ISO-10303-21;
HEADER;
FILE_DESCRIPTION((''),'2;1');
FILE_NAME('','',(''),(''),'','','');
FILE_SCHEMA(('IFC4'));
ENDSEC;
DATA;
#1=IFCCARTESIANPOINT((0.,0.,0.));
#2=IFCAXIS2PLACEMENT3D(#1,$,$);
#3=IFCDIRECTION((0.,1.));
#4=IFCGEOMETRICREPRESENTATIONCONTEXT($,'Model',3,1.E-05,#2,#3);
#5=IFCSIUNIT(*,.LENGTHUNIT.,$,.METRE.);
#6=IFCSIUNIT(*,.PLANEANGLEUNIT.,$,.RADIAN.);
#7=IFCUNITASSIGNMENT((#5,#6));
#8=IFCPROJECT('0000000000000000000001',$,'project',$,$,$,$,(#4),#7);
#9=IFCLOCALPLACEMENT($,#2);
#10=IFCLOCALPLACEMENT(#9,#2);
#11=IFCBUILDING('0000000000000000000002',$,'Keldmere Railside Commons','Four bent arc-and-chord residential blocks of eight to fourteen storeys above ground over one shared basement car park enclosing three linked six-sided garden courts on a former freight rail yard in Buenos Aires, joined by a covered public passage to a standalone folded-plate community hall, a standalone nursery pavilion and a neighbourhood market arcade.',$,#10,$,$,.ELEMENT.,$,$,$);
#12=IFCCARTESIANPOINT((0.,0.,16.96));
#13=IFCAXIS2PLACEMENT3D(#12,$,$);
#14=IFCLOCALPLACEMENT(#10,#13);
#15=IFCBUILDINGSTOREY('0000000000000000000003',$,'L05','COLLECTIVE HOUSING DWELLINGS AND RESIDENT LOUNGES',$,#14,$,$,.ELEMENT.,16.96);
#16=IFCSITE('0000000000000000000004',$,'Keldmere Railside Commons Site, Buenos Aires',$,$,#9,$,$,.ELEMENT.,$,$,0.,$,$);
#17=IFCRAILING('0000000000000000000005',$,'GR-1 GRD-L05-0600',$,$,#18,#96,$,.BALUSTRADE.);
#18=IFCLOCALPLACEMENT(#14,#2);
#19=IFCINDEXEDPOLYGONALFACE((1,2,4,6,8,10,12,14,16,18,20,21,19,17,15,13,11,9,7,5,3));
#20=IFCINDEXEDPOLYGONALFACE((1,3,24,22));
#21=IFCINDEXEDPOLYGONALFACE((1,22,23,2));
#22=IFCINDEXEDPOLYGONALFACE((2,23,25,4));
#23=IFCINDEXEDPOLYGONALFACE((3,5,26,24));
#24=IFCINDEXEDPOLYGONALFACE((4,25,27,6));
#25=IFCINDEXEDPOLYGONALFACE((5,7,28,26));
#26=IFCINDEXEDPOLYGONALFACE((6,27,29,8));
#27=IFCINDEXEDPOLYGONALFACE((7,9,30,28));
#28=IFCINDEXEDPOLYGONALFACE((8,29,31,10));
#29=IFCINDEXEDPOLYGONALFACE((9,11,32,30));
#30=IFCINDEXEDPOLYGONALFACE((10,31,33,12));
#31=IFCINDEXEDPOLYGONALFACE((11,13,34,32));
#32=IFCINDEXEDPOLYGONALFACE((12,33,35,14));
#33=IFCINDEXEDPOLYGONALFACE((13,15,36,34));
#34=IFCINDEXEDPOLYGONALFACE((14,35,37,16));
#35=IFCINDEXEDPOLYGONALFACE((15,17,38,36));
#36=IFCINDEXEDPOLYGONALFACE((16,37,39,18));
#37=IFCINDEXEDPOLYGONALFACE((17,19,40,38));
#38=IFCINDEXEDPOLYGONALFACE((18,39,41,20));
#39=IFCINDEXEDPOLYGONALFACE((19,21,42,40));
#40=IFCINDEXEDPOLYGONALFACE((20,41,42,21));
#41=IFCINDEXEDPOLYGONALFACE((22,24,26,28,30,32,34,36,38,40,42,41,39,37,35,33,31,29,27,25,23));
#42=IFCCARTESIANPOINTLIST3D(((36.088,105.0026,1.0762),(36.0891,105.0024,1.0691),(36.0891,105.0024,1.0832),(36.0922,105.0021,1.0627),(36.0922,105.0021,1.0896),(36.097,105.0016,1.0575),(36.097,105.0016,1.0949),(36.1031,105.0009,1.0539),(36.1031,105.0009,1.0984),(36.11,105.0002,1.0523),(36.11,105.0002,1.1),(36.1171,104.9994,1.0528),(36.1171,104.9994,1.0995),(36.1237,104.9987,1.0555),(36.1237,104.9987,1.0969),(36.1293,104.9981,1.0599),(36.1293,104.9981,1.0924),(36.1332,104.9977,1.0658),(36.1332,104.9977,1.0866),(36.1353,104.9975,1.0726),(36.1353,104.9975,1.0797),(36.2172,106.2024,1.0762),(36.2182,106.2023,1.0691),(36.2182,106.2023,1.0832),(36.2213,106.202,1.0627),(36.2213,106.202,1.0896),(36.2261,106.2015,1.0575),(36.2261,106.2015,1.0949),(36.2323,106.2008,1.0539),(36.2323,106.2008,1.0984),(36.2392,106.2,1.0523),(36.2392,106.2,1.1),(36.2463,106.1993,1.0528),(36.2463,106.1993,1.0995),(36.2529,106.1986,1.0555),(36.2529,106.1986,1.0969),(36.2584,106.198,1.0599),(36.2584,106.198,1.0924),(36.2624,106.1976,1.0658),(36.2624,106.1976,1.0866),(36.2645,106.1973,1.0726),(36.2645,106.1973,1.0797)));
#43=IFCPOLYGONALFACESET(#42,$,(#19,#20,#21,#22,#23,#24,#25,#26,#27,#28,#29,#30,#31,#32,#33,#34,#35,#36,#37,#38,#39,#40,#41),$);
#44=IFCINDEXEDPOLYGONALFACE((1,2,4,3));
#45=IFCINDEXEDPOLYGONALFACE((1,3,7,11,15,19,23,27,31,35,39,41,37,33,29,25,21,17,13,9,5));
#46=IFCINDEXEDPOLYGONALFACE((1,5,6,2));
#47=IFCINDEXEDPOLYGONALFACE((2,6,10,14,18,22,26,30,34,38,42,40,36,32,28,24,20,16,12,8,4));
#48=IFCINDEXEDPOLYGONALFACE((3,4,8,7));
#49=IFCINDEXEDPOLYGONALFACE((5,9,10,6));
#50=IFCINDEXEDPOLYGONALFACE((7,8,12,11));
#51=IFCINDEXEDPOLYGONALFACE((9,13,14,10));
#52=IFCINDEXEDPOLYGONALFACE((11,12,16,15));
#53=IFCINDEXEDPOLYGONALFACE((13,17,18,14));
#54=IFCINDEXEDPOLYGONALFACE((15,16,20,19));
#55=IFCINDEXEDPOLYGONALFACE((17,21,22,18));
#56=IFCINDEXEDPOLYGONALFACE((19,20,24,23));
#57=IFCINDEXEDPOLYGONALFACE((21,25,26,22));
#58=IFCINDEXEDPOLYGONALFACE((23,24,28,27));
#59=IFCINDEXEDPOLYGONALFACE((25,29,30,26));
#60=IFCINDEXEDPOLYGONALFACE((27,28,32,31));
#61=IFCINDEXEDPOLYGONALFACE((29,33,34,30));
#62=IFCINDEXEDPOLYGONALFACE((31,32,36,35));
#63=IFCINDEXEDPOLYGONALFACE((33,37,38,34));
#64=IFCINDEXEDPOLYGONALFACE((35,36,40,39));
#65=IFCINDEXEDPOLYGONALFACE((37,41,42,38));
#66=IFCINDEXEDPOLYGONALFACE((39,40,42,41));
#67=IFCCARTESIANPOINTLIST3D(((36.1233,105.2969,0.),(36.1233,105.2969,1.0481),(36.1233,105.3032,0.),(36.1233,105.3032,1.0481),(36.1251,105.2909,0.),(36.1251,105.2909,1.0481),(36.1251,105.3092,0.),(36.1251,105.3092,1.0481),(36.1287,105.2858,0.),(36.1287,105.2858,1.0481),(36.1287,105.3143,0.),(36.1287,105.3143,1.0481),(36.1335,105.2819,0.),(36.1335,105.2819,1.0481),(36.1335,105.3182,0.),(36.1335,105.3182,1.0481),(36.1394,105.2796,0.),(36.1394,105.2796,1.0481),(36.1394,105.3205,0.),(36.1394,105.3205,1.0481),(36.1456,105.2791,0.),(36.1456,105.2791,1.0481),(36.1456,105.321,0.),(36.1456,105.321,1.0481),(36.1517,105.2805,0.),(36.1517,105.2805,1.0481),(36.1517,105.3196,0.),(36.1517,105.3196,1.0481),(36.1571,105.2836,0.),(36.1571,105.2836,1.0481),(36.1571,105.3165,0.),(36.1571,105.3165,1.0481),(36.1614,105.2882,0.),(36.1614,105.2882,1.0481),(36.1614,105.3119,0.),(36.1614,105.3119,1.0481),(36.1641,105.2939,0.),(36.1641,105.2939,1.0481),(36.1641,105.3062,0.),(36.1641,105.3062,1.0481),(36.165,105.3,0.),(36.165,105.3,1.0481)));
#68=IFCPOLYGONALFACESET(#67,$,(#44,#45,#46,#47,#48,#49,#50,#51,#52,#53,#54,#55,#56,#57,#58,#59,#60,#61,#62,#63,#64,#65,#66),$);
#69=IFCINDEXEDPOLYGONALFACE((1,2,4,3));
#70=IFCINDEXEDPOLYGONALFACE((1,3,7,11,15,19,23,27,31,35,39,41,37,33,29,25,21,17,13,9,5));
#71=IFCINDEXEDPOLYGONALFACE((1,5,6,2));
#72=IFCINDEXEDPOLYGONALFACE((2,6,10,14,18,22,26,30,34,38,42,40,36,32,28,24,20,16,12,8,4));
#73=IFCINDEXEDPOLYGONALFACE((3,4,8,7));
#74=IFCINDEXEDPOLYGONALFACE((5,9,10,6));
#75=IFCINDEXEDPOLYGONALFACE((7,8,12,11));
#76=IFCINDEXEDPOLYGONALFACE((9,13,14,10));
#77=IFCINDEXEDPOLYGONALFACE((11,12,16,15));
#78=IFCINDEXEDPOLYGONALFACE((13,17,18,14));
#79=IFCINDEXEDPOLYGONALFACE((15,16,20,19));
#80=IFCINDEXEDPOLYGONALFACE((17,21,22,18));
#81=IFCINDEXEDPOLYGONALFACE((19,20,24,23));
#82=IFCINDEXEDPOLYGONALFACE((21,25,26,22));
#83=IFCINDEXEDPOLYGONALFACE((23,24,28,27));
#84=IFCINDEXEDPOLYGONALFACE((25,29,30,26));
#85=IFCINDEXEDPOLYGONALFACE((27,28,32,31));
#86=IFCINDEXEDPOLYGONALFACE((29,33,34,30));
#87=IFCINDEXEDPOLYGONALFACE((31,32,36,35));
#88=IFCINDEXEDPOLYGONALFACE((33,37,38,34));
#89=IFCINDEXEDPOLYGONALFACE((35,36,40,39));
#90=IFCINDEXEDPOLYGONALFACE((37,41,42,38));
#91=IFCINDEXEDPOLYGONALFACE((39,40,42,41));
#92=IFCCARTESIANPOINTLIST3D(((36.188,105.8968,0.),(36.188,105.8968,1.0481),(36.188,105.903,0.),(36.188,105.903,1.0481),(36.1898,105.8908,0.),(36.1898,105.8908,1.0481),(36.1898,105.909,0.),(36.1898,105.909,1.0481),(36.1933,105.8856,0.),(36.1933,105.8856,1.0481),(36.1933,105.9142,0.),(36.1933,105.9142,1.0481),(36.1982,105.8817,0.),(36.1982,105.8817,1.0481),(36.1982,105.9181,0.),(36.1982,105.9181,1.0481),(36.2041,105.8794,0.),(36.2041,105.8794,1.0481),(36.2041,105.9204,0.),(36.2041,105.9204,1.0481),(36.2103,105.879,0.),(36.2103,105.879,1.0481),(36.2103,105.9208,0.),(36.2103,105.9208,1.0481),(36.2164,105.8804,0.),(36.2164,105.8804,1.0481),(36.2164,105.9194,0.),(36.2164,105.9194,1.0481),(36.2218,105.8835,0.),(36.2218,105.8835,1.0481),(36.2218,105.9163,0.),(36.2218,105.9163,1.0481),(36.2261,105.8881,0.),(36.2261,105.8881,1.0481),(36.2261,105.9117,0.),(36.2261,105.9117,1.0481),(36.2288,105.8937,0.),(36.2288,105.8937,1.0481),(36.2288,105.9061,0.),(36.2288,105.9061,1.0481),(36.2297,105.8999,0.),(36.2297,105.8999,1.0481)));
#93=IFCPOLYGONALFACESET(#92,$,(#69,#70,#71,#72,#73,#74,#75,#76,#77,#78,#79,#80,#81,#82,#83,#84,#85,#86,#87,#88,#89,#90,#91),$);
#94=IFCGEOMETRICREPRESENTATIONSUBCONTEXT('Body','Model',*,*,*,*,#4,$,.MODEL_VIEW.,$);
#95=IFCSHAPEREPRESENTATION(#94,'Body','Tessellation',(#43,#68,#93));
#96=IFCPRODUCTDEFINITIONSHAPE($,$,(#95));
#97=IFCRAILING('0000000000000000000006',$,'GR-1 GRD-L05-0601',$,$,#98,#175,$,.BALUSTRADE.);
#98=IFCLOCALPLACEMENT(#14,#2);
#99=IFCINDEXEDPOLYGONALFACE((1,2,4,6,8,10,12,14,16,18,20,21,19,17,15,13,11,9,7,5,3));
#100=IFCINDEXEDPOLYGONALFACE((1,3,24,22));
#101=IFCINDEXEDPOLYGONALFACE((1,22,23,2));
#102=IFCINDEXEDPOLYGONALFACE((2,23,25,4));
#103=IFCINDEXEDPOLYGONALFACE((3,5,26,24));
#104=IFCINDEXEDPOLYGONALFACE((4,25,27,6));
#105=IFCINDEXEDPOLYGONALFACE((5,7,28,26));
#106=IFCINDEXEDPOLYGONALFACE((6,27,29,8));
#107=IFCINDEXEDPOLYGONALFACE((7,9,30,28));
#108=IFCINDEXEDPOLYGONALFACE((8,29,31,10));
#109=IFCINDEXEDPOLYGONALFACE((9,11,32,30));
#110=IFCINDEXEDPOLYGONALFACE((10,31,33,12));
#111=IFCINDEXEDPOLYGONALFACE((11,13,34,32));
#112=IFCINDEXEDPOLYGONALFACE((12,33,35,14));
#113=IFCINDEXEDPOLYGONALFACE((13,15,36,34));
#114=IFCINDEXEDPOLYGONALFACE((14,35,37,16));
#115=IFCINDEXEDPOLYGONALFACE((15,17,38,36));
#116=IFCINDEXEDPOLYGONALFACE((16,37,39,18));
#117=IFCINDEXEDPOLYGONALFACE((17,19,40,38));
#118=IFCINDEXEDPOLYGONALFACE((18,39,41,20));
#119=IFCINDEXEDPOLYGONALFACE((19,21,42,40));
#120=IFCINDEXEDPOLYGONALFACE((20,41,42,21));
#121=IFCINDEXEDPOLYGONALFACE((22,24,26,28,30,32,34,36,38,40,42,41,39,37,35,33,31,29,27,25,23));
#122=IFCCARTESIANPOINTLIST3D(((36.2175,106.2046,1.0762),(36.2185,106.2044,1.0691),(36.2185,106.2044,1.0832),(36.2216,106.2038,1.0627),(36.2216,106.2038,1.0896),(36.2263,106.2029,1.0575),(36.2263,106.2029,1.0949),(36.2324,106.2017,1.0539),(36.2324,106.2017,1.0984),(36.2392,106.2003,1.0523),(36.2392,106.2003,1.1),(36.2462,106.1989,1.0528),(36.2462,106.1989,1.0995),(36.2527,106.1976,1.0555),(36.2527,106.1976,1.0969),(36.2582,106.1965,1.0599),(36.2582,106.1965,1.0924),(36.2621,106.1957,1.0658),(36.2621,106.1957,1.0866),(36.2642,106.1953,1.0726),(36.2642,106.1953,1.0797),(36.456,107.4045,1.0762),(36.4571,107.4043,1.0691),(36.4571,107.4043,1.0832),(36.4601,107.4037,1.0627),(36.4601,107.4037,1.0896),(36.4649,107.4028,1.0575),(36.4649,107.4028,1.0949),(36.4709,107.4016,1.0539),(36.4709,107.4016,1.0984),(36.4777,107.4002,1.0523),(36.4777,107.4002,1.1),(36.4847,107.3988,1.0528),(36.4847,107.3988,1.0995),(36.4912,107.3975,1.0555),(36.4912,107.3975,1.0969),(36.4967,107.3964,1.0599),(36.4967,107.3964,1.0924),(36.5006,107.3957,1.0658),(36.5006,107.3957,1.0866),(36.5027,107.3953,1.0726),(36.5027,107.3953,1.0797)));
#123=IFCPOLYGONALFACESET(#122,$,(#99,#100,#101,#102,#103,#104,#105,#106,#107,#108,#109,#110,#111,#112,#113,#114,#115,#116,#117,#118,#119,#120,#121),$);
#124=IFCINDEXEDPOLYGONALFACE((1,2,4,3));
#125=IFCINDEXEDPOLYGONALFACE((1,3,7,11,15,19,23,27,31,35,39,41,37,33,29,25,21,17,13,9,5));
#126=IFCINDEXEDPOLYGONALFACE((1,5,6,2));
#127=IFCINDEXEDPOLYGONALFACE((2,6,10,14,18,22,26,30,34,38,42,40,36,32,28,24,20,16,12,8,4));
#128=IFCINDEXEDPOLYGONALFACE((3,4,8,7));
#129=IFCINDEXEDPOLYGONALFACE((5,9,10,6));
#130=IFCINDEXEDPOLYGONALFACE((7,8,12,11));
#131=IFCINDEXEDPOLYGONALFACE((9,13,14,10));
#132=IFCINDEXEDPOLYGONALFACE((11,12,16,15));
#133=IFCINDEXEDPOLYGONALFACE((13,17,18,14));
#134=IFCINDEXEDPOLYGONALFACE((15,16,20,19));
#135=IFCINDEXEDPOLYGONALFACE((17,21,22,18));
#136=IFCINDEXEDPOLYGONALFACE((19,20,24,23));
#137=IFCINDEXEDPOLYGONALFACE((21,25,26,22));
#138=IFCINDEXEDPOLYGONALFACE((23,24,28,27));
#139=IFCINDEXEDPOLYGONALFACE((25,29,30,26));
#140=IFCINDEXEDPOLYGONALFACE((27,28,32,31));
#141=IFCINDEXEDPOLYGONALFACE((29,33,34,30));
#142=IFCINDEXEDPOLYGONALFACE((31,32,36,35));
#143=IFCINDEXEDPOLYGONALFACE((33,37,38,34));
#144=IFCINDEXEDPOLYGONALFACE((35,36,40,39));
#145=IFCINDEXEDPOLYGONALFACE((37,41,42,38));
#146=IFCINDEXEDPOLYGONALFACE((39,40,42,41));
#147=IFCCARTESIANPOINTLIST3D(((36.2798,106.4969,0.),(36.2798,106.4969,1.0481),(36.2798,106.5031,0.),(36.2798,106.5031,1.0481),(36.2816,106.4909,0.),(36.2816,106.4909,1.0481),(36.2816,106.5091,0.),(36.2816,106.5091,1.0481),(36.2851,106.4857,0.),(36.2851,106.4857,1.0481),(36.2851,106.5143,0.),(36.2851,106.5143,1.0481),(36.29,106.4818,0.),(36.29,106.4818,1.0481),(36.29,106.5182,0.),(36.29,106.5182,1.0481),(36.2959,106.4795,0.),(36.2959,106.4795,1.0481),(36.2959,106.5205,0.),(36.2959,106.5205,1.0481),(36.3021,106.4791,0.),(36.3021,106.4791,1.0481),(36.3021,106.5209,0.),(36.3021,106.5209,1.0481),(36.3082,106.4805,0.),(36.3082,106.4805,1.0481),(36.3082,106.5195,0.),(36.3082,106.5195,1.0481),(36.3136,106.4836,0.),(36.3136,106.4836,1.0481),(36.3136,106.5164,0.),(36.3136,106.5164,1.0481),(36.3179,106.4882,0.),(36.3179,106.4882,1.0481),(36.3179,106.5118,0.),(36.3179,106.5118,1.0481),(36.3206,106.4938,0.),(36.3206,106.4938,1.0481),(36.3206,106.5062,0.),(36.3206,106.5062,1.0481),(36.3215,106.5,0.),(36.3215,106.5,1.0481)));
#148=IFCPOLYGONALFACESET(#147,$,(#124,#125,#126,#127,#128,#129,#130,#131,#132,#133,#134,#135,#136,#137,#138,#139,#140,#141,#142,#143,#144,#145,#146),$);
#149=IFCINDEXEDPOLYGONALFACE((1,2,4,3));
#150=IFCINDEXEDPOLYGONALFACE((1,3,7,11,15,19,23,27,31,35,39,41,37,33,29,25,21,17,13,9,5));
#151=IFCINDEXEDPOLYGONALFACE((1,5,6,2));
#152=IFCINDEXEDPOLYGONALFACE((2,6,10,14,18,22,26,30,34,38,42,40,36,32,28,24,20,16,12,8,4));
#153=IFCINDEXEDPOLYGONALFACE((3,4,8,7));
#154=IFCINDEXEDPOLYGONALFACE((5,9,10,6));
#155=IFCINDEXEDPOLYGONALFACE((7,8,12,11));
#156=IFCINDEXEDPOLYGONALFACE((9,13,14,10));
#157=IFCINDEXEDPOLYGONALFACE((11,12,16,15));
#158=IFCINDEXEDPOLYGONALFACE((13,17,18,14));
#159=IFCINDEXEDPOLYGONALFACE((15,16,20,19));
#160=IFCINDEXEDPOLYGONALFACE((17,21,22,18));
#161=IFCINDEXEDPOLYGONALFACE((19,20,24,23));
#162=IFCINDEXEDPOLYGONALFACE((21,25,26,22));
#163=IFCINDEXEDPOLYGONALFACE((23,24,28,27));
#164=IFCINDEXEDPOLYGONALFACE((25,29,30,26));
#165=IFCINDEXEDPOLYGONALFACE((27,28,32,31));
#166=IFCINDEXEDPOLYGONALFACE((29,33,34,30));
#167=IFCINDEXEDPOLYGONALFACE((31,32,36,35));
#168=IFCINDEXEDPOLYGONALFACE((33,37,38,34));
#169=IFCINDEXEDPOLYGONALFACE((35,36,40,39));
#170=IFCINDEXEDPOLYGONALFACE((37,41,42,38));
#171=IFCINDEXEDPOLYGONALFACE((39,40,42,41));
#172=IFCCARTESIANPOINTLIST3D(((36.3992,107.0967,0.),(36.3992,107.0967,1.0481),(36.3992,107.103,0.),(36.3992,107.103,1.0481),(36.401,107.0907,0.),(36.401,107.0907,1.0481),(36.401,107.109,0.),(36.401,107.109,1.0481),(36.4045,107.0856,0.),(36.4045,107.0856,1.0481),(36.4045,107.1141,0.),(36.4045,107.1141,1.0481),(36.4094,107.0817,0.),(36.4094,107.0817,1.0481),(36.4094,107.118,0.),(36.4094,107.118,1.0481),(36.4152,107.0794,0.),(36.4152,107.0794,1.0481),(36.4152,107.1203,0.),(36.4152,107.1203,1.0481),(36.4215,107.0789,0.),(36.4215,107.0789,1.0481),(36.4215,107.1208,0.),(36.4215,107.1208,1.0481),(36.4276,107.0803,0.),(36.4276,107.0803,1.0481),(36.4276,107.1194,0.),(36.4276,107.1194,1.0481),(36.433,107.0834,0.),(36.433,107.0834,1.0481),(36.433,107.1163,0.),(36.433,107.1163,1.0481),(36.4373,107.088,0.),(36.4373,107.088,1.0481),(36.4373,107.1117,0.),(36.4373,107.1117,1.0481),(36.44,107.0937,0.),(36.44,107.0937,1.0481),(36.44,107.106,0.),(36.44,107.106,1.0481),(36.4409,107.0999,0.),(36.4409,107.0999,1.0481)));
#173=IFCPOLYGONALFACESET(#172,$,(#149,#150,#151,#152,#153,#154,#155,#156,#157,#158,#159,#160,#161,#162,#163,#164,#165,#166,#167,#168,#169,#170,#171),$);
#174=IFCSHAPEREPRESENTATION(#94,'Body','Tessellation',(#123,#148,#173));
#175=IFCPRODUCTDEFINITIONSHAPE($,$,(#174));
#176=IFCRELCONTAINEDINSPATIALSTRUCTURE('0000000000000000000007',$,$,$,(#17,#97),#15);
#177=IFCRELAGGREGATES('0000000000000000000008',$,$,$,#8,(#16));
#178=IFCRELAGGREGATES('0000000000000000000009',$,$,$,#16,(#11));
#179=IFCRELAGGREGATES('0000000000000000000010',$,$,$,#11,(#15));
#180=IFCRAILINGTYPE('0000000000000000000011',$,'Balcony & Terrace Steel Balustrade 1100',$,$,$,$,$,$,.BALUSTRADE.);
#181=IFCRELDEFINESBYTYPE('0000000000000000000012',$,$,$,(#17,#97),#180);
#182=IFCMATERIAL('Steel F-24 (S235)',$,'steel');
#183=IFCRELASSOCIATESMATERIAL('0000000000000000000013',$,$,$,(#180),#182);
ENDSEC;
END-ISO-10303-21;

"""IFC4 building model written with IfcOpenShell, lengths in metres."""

from ifc_helpers import new_model, si_unit, direction, frame, origin, origin_2d, place, context, subcontext, project, spatial, circle, extrude, material, type_object, element, save


model = new_model("IFC4")

# Units and contexts
model_context = context("Model", 3, precision=1e-05, world=origin(), true_north=direction((0.0, 1.0)))
body_context = subcontext(model_context, "Body", "Model", "MODEL_VIEW")
ifc_project = project(units=[si_unit("LENGTHUNIT", "METRE"), si_unit("PLANEANGLEUNIT", "RADIAN")], contexts=[model_context])

# Site, building, storey
site_placement = place(None, origin())
site = spatial("IfcSite", under=ifc_project, at=site_placement, Name="Keldmere Railside Commons Site, Buenos Aires", CompositionType="ELEMENT", RefElevation=0.0)
building_placement = place(site_placement, origin())
building = spatial("IfcBuilding", under=site, at=building_placement, Name="Keldmere Railside Commons", Description="Four bent arc-and-chord residential blocks of eight to fourteen storeys above ground over one shared basement car park enclosing three linked six-sided garden courts on a former freight rail yard in Buenos Aires, joined by a covered public passage to a standalone folded-plate community hall, a standalone nursery pavilion and a neighbourhood market arcade.", CompositionType="ELEMENT")
storey_placement = place(building_placement, frame((0.0, 0.0, 16.96)))
storey = spatial("IfcBuildingStorey", under=building, at=storey_placement, Name="L05", Description="COLLECTIVE HOUSING DWELLINGS AND RESIDENT LOUNGES", CompositionType="ELEMENT", Elevation=16.96)

# Shared definitions
ifc_material_1 = material(Name="Steel F-24 (S235)", Category="steel")

# Railings
railing_type_1 = type_object("IfcRailingType", Name="Balcony & Terrace Steel Balustrade 1100", PredefinedType="BALUSTRADE", material=ifc_material_1)
railing_1_placement = place(storey_placement, frame((36.1118, 105.0, 0.0)))
element("IfcRailing", 1, at=railing_1_placement, inside=storey, type_object=railing_type_1, Name="GR-1 GRD-L05-0600", PredefinedType="BALUSTRADE", context=body_context, shape_type="SweptSolid", body=[
    extrude(circle(Radius=0.0239, at=origin_2d()), frame((0.0, 0.0, 1.0762), z_axis=(0.107012, 0.994258, 0.0), x_axis=(-0.994258, 0.107012, 0.0)), (0.0, 0.0, 1.0), 1.2068),
    extrude(circle(Radius=0.021, at=origin_2d()), frame((0.0322, 0.3, 0.0)), (0.0, 0.0, 1.0), 1.0481),
    extrude(circle(Radius=0.021, at=origin_2d()), frame((0.0969, 0.8999, 0.0)), (0.0, 0.0, 1.0), 1.0481),
])
railing_2_placement = place(storey_placement, frame((36.241, 106.2, 0.0)))
element("IfcRailing", 2, at=railing_2_placement, inside=storey, type_object=railing_type_1, Name="GR-1 GRD-L05-0601", PredefinedType="BALUSTRADE", context=body_context, shape_type="SweptSolid", body=[
    extrude(circle(Radius=0.0239, at=origin_2d()), frame((0.0, 0.0, 1.0762), z_axis=(0.194965, 0.98081, 0.0), x_axis=(-0.98081, 0.194965, 0.0)), (0.0, 0.0, 1.0), 1.2234),
    extrude(circle(Radius=0.021, at=origin_2d()), frame((0.0596, 0.3, 0.0)), (0.0, 0.0, 1.0), 1.0481),
    extrude(circle(Radius=0.021, at=origin_2d()), frame((0.179, 0.8999, 0.0)), (0.0, 0.0, 1.0), 1.0481),
])

save(model, "model.ifc")
